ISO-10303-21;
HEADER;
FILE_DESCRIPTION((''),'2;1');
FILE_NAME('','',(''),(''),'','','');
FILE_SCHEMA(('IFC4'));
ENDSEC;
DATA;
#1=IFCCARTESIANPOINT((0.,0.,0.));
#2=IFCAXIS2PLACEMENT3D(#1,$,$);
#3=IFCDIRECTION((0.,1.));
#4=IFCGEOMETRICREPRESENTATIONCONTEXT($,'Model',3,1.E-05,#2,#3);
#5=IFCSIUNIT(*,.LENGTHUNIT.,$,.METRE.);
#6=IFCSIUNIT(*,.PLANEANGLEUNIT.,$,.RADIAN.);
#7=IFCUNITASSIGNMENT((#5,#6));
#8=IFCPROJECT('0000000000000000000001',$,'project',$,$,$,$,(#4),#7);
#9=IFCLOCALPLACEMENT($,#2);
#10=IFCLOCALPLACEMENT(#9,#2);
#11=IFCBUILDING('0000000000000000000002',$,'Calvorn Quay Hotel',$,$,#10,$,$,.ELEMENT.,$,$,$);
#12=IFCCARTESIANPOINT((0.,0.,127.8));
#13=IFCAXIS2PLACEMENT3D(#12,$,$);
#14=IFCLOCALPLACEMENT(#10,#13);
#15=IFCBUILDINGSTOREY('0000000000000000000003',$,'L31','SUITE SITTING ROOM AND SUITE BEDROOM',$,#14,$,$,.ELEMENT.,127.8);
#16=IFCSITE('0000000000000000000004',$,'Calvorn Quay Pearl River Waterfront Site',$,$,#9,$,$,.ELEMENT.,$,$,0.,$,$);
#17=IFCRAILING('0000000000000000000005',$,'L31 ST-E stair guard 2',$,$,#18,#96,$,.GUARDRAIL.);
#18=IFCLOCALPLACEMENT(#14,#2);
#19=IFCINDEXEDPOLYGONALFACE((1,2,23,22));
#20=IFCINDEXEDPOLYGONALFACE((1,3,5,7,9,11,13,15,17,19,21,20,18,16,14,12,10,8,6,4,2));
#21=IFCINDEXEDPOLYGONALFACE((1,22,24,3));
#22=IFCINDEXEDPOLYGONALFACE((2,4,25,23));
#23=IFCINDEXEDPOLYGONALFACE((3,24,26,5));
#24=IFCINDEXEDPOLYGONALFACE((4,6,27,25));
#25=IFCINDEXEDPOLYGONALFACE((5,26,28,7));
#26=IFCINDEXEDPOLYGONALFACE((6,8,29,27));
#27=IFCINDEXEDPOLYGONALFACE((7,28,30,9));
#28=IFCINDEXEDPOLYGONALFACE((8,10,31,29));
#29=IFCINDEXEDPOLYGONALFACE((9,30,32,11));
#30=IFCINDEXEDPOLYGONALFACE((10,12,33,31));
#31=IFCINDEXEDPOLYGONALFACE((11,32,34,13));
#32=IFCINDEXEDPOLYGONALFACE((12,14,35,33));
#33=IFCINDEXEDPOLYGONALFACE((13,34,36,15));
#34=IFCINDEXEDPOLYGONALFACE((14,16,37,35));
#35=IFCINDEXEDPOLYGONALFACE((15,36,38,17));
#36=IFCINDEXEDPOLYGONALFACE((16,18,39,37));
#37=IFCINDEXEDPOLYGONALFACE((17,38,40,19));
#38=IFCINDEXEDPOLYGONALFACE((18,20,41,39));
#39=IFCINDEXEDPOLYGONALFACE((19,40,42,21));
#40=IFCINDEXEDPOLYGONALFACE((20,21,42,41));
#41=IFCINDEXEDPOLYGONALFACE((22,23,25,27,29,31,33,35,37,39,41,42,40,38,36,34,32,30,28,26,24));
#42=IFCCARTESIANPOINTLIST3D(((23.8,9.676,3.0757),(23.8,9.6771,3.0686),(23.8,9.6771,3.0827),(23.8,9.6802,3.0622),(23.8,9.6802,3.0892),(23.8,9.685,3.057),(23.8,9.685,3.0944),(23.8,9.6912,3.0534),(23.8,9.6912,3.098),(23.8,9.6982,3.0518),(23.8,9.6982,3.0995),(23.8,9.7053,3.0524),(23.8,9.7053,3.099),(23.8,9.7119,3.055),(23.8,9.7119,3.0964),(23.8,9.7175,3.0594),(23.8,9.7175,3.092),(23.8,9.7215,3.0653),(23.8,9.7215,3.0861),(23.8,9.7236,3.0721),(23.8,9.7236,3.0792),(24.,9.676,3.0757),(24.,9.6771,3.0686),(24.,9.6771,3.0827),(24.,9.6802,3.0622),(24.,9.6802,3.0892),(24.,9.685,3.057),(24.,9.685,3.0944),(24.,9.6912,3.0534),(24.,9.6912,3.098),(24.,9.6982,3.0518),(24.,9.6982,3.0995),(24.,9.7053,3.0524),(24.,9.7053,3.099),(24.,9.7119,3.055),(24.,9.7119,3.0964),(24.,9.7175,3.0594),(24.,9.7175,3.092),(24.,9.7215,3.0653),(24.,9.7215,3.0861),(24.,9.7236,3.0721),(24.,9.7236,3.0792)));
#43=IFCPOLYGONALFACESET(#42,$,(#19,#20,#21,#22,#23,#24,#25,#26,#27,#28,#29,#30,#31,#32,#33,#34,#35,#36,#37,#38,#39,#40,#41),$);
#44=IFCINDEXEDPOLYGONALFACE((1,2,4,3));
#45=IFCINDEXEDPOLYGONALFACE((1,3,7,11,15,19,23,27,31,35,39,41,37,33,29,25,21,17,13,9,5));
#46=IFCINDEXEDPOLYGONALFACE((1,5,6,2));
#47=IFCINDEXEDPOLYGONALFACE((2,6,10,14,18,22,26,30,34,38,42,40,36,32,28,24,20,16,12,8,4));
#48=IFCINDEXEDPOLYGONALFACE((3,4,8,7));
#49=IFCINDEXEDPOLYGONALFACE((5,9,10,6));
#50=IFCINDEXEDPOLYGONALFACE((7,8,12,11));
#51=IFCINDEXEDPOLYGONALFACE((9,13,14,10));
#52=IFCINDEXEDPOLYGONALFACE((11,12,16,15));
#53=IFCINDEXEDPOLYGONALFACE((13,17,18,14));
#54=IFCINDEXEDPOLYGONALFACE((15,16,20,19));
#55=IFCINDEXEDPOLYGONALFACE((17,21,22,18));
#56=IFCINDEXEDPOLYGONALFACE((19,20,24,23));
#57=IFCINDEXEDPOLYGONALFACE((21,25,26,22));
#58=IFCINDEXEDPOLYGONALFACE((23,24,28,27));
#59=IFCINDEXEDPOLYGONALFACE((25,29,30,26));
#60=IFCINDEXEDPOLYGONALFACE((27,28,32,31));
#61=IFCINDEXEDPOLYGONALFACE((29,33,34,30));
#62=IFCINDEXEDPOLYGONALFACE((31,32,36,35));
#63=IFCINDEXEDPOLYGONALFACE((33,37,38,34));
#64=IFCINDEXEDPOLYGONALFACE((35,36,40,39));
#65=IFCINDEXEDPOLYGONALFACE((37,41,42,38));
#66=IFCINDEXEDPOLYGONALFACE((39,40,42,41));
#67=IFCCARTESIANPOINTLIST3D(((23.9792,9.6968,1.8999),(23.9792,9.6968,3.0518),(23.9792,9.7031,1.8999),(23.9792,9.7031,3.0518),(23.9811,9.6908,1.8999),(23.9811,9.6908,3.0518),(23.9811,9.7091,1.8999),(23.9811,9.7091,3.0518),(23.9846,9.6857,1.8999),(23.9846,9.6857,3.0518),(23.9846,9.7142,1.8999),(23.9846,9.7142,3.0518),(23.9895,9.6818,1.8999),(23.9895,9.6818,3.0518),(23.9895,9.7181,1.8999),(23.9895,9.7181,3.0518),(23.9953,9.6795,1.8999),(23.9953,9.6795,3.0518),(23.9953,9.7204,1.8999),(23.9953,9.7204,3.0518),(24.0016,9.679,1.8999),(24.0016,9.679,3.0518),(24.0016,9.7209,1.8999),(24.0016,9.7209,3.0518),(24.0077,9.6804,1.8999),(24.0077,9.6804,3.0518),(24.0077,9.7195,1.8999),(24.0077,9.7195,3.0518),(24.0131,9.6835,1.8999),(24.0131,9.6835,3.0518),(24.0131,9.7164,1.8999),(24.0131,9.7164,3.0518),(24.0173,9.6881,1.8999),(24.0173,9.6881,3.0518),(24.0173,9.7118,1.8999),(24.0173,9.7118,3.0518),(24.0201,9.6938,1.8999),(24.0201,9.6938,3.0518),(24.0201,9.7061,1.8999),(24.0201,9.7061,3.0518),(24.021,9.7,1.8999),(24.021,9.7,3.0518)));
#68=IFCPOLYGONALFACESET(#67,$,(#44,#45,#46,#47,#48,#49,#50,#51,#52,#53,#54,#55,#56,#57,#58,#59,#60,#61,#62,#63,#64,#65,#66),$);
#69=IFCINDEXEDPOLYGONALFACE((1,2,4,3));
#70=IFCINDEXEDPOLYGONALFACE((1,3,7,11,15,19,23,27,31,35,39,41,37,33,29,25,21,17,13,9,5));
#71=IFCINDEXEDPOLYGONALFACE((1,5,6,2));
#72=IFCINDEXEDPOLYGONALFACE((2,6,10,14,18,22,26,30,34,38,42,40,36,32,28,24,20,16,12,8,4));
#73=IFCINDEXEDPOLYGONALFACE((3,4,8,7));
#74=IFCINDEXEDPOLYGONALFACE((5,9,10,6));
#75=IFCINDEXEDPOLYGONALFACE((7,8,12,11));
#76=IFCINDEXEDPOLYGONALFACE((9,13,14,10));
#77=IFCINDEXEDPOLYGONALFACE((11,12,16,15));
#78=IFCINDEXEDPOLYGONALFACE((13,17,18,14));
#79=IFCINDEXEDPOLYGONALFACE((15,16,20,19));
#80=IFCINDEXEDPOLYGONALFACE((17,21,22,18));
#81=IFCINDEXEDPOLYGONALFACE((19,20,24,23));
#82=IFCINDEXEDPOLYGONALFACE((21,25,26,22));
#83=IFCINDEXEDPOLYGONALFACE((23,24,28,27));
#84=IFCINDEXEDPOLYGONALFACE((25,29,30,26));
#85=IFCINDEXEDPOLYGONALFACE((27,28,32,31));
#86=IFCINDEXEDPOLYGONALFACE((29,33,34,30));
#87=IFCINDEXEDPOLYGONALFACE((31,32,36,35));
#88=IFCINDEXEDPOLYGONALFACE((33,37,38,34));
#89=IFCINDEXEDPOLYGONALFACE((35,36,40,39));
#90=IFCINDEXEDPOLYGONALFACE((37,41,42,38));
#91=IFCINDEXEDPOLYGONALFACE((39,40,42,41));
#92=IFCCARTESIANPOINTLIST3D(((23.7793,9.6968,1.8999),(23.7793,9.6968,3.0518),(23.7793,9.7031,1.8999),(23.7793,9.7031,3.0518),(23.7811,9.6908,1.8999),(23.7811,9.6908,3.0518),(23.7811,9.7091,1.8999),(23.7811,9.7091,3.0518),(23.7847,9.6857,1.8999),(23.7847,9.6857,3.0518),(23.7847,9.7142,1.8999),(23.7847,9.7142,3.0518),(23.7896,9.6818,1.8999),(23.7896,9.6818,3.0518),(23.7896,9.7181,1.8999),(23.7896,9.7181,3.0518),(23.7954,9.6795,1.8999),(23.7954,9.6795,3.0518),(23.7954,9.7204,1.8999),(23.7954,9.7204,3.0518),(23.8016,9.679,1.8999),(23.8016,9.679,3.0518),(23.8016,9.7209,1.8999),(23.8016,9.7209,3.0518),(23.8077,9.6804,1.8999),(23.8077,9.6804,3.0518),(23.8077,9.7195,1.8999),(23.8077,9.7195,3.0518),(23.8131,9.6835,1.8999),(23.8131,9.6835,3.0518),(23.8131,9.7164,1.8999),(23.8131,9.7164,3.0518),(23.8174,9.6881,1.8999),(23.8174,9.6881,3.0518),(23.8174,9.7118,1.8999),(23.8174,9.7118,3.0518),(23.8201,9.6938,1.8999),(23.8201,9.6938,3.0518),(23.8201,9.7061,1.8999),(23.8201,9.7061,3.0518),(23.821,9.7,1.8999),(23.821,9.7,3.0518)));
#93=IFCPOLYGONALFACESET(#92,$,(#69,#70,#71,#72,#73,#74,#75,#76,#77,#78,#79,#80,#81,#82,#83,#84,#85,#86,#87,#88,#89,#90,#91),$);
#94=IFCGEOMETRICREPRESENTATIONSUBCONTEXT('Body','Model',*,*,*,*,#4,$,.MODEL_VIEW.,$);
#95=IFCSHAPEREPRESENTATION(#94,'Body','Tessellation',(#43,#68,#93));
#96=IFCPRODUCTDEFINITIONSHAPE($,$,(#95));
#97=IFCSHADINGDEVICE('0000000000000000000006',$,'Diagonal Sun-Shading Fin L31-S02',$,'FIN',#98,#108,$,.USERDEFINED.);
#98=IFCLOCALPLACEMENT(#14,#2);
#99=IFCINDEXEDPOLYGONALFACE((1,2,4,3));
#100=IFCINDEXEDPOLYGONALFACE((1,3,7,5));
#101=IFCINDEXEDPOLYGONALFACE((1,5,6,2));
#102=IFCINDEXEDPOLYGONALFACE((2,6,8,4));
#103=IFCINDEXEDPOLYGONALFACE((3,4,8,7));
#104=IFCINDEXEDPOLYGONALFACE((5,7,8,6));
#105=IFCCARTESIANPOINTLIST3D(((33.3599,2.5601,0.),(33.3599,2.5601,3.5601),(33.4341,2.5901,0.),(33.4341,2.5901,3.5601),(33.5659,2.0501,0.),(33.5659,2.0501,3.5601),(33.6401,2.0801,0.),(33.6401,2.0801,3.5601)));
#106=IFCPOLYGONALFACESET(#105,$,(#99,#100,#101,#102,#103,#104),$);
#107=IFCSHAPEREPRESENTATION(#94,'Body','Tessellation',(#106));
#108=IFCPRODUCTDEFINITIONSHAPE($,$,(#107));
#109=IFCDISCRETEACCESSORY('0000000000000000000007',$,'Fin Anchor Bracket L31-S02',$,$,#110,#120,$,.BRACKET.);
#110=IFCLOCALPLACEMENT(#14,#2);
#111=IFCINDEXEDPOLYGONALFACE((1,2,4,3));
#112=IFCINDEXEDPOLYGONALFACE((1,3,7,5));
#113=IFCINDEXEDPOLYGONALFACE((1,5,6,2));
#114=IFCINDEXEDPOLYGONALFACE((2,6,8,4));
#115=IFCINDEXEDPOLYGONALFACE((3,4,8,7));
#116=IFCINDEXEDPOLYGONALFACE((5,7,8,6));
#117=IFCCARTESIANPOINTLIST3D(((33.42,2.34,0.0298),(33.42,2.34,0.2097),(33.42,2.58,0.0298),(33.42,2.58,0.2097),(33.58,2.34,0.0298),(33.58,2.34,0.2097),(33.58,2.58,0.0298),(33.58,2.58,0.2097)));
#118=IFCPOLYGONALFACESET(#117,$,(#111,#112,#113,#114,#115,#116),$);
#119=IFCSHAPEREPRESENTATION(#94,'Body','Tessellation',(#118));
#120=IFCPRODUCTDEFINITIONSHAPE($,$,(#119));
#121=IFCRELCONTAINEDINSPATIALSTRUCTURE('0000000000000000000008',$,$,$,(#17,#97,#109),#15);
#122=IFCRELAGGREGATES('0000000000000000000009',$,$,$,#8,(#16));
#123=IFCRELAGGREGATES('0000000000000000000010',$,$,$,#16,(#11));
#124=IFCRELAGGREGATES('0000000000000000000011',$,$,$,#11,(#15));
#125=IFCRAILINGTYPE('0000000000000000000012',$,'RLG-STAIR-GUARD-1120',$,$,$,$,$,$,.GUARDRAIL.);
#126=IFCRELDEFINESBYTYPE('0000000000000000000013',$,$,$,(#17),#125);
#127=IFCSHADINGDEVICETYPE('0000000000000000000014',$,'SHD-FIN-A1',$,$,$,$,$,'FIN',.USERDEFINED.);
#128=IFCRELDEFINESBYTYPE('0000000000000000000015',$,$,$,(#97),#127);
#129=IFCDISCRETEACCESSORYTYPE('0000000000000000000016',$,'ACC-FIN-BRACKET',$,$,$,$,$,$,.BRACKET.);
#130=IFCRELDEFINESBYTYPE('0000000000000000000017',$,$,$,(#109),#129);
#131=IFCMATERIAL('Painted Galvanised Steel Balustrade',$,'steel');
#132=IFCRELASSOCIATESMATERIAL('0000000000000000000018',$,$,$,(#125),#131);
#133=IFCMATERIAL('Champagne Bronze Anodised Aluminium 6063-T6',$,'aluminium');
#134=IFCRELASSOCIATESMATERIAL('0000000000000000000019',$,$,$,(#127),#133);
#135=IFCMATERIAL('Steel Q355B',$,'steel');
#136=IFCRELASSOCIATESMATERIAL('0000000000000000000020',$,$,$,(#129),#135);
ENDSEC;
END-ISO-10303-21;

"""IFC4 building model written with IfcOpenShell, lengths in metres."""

from ifc_helpers import new_model, si_unit, direction, frame, origin, origin_2d, place, context, subcontext, project, spatial, rectangle, circle, extrude, material, type_object, element, save


model = new_model("IFC4")

# Units and contexts
model_context = context("Model", 3, precision=1e-05, world=origin(), true_north=direction((0.0, 1.0)))
body_context = subcontext(model_context, "Body", "Model", "MODEL_VIEW")
ifc_project = project(units=[si_unit("LENGTHUNIT", "METRE"), si_unit("PLANEANGLEUNIT", "RADIAN")], contexts=[model_context])

# Site, building, storey
site_placement = place(None, origin())
site = spatial("IfcSite", under=ifc_project, at=site_placement, Name="Calvorn Quay Pearl River Waterfront Site", CompositionType="ELEMENT", RefElevation=0.0)
building_placement = place(site_placement, origin())
building = spatial("IfcBuilding", under=site, at=building_placement, Name="Calvorn Quay Hotel", CompositionType="ELEMENT")
storey_placement = place(building_placement, frame((0.0, 0.0, 127.8)))
storey = spatial("IfcBuildingStorey", under=building, at=storey_placement, Name="L31", Description="SUITE SITTING ROOM AND SUITE BEDROOM", CompositionType="ELEMENT", Elevation=127.8)

# Railing
ifc_material_1 = material(Name="Painted Galvanised Steel Balustrade", Category="steel")
railing_type_1 = type_object("IfcRailingType", Name="RLG-STAIR-GUARD-1120", PredefinedType="GUARDRAIL", material=ifc_material_1)
railing_1_placement = place(storey_placement, frame((24.0, 9.7, 1.8999)))
element("IfcRailing", 1, at=railing_1_placement, inside=storey, type_object=railing_type_1, Name="L31 ST-E stair guard 2", PredefinedType="GUARDRAIL", context=body_context, shape_type="SweptSolid", body=[
    extrude(circle(Radius=0.0239, at=origin_2d()), frame((0.0, 0.0, 1.1758), z_axis=(-1.0, 0.0, 0.0), x_axis=(0.0, -1.0, 0.0)), (0.0, 0.0, 1.0), 0.2),
    extrude(circle(Radius=0.021, at=origin_2d()), origin(), (0.0, 0.0, 1.0), 1.1519),
    extrude(circle(Radius=0.021, at=origin_2d()), frame((-0.2, 0.0, 0.0)), (0.0, 0.0, 1.0), 1.1519),
])

# Shading device
ifc_material_2 = material(Name="Champagne Bronze Anodised Aluminium 6063-T6", Category="aluminium")
shading_device_type = type_object("IfcShadingDeviceType", Name="SHD-FIN-A1", ElementType="FIN", PredefinedType="USERDEFINED", material=ifc_material_2)
shading_device_placement = place(storey_placement, frame((33.5, 2.3201, 0.0), z_axis=(0.0, 0.0, 1.0), x_axis=(-0.374607, 0.927184, 0.0)))
element("IfcShadingDevice", 2, at=shading_device_placement, inside=storey, type_object=shading_device_type, Name="Diagonal Sun-Shading Fin L31-S02", ObjectType="FIN", PredefinedType="USERDEFINED", context=body_context, shape_type="SweptSolid", body=[
    extrude(rectangle(XDim=0.55, YDim=0.0801, at=origin_2d()), origin(), (0.0, 0.0, 1.0), 3.5601),
])

# Discrete accessory
ifc_material_3 = material(Name="Steel Q355B", Category="steel")
discrete_accessory_type = type_object("IfcDiscreteAccessoryType", Name="ACC-FIN-BRACKET", PredefinedType="BRACKET", material=ifc_material_3)
discrete_accessory_placement = place(storey_placement, frame((33.5, 2.46, 0.0298), z_axis=(0.0, 0.0, 1.0), x_axis=(0.0, 1.0, 0.0)))
element("IfcDiscreteAccessory", 3, at=discrete_accessory_placement, inside=storey, type_object=discrete_accessory_type, Name="Fin Anchor Bracket L31-S02", PredefinedType="BRACKET", context=body_context, shape_type="SweptSolid", body=[
    extrude(rectangle(XDim=0.24, YDim=0.1599, at=origin_2d()), origin(), (0.0, 0.0, 1.0), 0.1799),
])

save(model, "model.ifc")
